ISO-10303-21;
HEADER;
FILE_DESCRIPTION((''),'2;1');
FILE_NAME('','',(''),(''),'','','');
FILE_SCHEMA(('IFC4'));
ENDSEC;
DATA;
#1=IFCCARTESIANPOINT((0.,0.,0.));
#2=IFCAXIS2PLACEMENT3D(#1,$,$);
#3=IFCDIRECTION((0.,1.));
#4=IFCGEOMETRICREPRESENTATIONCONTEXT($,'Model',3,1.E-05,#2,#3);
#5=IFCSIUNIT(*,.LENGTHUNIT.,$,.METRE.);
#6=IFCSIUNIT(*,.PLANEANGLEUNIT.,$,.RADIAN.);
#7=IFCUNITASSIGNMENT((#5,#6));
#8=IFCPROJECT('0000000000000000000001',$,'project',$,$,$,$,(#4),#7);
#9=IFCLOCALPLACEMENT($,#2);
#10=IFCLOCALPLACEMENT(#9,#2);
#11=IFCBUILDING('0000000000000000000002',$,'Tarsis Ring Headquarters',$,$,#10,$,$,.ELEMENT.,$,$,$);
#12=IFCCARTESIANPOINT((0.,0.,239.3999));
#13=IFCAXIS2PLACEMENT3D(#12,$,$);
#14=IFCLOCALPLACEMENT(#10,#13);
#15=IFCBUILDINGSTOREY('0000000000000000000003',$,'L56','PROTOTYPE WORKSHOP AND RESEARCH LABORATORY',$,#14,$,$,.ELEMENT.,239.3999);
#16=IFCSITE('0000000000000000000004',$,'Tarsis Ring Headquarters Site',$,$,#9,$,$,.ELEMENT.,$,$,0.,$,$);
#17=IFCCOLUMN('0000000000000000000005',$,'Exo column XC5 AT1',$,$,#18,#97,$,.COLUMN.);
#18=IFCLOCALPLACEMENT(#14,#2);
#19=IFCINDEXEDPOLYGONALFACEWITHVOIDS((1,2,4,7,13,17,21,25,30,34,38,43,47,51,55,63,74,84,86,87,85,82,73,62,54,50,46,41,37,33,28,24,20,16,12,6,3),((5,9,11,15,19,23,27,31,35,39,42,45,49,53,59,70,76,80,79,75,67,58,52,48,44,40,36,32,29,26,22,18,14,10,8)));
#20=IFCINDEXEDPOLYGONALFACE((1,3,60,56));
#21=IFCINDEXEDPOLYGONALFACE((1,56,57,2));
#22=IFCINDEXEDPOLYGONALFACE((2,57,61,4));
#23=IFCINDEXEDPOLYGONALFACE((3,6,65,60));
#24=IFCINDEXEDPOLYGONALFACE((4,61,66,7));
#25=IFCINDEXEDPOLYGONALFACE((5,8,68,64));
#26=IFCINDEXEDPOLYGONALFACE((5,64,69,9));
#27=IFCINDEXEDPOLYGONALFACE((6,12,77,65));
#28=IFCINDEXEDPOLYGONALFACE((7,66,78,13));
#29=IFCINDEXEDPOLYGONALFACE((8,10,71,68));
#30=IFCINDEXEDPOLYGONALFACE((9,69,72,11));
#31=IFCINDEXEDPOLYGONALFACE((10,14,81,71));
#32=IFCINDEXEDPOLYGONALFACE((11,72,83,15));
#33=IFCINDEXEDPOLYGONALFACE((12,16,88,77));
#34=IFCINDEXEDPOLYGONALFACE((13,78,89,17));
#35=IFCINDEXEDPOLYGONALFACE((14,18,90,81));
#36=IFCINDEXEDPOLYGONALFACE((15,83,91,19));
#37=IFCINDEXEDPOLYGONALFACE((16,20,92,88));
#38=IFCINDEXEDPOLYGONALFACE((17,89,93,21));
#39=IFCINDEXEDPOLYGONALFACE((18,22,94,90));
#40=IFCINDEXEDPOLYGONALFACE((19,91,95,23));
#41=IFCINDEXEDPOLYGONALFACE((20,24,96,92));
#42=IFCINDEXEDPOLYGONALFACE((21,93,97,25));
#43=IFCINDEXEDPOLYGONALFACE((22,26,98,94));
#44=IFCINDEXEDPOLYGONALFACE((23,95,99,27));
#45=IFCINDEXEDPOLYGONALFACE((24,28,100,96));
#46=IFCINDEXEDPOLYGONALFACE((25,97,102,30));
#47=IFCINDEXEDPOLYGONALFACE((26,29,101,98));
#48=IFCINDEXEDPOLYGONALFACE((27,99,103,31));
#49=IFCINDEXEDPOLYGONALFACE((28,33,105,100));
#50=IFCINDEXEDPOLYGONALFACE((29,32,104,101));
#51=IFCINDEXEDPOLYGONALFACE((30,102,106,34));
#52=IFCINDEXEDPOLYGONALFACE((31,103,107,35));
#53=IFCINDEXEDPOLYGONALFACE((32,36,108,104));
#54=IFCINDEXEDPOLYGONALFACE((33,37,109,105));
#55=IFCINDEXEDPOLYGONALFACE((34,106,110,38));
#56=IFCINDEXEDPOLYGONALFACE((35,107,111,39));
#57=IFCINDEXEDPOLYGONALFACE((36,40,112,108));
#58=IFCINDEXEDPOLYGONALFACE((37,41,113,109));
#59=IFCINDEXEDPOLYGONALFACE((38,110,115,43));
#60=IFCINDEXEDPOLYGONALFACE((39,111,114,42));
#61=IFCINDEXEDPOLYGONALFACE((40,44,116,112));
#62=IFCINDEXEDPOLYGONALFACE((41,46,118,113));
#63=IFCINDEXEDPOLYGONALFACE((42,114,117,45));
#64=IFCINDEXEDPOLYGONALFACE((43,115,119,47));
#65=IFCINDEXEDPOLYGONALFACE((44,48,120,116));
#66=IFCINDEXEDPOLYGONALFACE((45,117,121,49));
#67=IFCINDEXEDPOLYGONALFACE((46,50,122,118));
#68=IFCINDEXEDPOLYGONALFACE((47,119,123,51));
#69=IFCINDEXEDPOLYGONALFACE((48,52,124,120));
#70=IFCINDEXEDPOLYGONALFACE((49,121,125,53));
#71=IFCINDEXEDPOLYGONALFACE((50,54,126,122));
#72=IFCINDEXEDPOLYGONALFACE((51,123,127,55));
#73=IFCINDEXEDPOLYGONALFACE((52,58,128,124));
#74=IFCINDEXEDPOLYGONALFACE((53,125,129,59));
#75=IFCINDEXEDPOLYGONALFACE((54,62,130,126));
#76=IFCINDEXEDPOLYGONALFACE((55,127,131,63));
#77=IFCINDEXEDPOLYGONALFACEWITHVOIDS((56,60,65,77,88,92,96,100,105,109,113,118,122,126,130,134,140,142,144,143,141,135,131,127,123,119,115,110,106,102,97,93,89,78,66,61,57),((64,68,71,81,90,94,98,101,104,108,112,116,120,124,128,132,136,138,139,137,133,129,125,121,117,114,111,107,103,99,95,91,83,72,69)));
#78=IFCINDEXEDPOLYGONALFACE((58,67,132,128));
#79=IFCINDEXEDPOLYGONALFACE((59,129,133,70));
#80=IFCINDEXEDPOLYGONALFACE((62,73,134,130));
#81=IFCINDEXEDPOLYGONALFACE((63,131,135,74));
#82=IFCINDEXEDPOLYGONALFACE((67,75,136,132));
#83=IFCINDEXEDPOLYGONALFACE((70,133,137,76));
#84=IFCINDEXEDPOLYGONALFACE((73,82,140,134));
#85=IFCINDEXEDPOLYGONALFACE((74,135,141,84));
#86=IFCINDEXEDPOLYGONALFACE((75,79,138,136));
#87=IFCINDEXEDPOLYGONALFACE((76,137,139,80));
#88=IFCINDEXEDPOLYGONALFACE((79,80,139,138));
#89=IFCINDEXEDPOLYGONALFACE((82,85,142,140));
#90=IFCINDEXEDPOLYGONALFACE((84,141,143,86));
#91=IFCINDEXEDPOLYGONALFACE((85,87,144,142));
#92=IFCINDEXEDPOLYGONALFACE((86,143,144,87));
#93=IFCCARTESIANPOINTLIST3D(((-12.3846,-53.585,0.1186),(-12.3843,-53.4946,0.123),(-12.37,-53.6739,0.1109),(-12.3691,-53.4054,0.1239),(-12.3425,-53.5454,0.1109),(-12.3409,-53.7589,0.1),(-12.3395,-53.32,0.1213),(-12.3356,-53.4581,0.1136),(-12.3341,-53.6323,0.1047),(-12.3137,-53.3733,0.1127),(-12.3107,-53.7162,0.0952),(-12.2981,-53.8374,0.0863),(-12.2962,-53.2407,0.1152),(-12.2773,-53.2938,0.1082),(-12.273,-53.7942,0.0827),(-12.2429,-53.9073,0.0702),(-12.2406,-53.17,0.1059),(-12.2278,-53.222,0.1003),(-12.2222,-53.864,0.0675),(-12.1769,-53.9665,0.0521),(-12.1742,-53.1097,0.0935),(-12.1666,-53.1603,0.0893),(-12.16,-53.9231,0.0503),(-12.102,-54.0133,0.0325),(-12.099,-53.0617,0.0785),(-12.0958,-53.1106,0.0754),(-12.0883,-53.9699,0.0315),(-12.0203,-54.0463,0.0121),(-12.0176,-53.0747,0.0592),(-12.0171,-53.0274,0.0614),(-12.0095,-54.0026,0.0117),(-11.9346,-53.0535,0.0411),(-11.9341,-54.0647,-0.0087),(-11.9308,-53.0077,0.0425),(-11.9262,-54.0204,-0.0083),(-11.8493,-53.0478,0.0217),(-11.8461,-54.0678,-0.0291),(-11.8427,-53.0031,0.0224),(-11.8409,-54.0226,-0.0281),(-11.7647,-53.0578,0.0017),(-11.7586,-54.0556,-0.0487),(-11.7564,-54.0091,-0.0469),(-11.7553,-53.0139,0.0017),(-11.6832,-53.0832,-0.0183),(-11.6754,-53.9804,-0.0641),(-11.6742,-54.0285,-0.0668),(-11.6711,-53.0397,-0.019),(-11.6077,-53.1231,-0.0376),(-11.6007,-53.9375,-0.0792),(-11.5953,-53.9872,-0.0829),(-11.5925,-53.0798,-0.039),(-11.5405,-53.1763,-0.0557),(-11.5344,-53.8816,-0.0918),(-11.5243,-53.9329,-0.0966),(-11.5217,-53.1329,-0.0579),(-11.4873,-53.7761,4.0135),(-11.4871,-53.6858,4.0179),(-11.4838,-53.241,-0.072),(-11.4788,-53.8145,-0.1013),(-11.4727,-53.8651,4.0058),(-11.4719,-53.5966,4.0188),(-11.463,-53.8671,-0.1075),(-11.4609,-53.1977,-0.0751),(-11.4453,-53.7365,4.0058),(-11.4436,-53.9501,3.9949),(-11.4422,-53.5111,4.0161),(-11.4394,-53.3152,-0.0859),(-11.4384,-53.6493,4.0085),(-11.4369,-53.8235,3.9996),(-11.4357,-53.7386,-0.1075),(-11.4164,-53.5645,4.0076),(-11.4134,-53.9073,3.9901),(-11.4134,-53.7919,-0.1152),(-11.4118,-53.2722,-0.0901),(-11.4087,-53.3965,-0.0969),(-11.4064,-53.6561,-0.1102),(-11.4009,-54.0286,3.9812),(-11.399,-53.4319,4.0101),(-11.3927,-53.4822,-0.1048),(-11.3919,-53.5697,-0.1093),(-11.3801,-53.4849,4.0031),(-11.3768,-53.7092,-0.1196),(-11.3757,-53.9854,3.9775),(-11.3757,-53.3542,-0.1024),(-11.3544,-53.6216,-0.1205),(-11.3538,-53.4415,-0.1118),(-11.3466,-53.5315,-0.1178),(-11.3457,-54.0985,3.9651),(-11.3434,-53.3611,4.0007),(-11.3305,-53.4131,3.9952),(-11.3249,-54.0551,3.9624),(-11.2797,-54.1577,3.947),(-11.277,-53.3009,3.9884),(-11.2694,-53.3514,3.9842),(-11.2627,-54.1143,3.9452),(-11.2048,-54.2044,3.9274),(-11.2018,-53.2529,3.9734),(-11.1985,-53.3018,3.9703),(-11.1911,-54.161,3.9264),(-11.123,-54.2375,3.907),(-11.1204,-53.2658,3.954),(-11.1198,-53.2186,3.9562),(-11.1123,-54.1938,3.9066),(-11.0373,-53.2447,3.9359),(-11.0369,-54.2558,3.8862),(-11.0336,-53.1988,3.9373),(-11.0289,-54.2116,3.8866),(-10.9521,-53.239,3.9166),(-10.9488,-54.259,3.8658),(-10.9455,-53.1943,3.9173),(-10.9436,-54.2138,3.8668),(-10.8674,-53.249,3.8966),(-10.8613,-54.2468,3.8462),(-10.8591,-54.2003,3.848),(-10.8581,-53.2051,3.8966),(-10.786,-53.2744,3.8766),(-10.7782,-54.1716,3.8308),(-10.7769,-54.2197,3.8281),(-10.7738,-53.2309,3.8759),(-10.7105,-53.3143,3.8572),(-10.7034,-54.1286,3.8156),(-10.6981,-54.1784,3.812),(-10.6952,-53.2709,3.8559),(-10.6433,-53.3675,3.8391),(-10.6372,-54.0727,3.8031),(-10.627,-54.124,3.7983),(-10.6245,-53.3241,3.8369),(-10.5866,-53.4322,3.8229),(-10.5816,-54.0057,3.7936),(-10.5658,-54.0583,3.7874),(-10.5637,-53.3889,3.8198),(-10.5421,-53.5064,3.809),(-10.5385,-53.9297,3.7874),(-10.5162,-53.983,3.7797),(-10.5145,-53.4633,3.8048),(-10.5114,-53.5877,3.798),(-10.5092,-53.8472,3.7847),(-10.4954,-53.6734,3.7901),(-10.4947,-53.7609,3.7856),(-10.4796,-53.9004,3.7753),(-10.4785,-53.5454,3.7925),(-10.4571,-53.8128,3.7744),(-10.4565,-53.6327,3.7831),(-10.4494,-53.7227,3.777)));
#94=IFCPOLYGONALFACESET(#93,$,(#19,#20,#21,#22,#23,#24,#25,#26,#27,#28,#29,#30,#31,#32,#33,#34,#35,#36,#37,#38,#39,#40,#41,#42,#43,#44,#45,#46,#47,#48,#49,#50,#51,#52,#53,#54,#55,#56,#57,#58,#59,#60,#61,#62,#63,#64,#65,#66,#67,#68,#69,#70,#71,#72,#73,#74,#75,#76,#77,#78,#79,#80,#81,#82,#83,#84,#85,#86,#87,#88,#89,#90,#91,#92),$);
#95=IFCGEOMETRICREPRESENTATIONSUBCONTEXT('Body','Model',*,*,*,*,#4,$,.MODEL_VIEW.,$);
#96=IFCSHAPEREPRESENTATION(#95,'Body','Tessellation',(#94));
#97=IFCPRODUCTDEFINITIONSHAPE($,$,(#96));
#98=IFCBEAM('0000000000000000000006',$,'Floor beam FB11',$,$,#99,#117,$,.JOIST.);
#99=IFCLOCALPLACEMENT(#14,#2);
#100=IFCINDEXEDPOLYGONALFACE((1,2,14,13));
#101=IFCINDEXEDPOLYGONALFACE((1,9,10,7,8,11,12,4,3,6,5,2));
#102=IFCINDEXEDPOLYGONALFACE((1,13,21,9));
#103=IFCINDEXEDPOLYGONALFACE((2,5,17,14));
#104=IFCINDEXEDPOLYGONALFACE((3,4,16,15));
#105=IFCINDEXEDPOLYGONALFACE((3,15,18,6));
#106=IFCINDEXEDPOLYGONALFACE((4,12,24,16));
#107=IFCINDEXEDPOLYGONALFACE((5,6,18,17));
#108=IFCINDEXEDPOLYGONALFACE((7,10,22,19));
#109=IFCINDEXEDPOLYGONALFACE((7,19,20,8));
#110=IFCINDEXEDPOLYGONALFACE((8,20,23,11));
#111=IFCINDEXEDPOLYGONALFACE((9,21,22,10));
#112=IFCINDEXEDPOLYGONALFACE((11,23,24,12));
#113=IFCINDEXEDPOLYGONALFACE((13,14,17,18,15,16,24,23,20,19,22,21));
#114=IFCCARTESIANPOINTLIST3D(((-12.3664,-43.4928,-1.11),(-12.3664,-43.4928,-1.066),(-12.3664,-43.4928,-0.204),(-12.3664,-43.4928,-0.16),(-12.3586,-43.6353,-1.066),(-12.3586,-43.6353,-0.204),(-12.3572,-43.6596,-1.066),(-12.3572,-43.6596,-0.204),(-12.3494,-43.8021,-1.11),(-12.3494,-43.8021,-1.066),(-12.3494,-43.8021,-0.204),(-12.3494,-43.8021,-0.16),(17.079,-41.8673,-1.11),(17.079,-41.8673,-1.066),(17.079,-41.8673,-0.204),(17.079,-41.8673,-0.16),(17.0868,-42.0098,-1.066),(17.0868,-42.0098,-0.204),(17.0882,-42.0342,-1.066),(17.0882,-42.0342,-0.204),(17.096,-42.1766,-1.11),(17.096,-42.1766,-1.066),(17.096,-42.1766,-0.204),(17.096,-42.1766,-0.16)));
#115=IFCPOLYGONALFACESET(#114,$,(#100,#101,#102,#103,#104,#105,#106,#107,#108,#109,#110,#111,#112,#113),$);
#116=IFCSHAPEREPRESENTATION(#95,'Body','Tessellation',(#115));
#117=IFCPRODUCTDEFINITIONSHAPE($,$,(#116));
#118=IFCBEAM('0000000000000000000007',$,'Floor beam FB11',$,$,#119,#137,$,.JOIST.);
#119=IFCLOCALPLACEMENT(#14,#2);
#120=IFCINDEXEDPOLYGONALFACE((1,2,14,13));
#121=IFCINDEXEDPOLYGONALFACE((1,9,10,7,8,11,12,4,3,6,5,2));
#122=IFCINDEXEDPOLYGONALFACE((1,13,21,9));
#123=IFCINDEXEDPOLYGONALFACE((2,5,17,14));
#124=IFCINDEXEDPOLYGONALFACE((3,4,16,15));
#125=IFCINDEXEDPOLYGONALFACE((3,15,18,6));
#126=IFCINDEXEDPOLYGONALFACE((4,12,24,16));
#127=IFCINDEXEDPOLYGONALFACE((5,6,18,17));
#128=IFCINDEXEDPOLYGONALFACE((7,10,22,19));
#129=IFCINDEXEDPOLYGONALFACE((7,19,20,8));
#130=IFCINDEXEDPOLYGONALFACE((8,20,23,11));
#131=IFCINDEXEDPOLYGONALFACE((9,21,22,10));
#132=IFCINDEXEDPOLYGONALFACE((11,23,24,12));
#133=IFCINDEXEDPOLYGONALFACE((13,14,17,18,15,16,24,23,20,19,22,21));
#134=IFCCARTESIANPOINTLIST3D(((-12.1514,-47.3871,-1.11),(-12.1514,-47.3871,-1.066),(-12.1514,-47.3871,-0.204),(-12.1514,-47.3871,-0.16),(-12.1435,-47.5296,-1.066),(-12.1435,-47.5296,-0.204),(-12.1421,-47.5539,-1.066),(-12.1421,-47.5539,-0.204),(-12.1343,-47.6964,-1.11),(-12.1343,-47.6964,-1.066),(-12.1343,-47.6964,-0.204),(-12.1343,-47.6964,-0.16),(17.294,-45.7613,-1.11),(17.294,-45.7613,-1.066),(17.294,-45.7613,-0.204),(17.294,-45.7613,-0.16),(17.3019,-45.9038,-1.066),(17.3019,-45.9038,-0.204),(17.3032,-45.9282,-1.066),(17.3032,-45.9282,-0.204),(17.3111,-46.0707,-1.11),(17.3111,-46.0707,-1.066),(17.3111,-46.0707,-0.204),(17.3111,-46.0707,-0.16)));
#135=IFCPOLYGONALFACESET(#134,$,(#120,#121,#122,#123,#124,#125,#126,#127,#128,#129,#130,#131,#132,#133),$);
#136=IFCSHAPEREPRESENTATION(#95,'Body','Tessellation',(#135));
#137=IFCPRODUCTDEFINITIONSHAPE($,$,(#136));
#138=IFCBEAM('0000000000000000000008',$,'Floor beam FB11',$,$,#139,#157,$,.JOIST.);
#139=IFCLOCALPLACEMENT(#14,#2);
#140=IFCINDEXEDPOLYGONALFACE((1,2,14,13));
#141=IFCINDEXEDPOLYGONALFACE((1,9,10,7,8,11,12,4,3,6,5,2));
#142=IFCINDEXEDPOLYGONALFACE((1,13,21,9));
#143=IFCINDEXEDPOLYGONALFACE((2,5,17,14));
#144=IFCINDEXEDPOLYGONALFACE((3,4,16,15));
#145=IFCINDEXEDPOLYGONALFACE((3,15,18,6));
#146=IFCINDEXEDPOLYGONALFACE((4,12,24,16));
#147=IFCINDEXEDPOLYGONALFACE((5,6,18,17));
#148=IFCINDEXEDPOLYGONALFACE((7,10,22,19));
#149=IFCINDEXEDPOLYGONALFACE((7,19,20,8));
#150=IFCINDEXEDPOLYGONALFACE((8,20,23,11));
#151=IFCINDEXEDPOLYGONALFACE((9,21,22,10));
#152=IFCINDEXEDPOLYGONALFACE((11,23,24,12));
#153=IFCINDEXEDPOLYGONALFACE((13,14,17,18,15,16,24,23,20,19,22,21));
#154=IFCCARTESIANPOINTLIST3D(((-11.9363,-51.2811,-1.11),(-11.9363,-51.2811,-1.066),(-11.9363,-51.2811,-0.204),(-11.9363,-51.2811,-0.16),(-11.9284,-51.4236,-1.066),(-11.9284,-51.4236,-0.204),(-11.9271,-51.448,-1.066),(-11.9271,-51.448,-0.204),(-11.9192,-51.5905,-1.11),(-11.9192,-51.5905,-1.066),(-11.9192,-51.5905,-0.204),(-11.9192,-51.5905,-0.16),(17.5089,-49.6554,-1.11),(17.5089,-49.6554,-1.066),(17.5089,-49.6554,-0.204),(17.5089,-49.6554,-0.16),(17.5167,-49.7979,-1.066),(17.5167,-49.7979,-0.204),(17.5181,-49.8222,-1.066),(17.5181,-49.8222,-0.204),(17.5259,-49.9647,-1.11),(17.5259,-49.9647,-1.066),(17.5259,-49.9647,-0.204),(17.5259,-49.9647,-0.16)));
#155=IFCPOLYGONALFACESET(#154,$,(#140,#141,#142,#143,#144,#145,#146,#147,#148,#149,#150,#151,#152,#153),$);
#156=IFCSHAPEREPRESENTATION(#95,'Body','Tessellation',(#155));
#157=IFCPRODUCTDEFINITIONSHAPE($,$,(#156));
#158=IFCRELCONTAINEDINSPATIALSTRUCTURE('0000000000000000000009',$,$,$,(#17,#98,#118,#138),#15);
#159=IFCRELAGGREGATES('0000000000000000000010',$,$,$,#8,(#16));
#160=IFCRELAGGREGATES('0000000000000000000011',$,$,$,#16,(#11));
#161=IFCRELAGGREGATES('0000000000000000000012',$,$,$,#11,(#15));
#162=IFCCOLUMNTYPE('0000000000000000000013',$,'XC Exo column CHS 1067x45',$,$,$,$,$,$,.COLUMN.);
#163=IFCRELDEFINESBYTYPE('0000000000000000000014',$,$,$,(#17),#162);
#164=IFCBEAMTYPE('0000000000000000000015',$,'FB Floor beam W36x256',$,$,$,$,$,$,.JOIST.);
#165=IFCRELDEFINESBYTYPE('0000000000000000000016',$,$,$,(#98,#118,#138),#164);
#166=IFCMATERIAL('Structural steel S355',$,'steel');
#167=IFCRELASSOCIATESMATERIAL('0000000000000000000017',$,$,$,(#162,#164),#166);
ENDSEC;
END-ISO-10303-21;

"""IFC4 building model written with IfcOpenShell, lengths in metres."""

from ifc_helpers import new_model, si_unit, direction, frame, origin, origin_2d, place, context, subcontext, project, spatial, hollow_circle, i_section, extrude, material, material_profile, profile_set, type_object, element, save


model = new_model("IFC4")

# Units and contexts
model_context = context("Model", 3, precision=1e-05, world=origin(), true_north=direction((0.0, 1.0)))
body_context = subcontext(model_context, "Body", "Model", "MODEL_VIEW")
ifc_project = project(units=[si_unit("LENGTHUNIT", "METRE"), si_unit("PLANEANGLEUNIT", "RADIAN")], contexts=[model_context])

# Site, building, storey
site_placement = place(None, origin())
site = spatial("IfcSite", under=ifc_project, at=site_placement, Name="Tarsis Ring Headquarters Site", CompositionType="ELEMENT", RefElevation=0.0)
building_placement = place(site_placement, origin())
building = spatial("IfcBuilding", under=site, at=building_placement, Name="Tarsis Ring Headquarters", CompositionType="ELEMENT")
storey_placement = place(building_placement, frame((0.0, 0.0, 239.3999)))
storey = spatial("IfcBuildingStorey", under=building, at=storey_placement, Name="L56", Description="PROTOTYPE WORKSHOP AND RESEARCH LABORATORY", CompositionType="ELEMENT", Elevation=239.3999)

# Column
ifc_material_1 = material(Name="Structural steel S355", Category="steel")
ifc_material_profile_1 = material_profile(ifc_material_1, hollow_circle(Radius=0.5334, WallThickness=0.0449, at=origin_2d()), Name="CHS 1067x45")
ifc_profile_set_1 = profile_set([ifc_material_profile_1], Name="Structural steel S355")
column_type = type_object("IfcColumnType", Name="XC Exo column CHS 1067x45", PredefinedType="COLUMN", material=ifc_profile_set_1)
column_placement = place(storey_placement, frame((-11.8665, -53.5356, 0.0017), z_axis=(0.224228, -0.047774, 0.973365), x_axis=(0.208384, 0.978047, 0.0)))
element("IfcColumn", 1, at=column_placement, inside=storey, type_object=column_type, Name="Exo column XC5 AT1", PredefinedType="COLUMN", context=body_context, shape_type="SweptSolid", body=[
    extrude(hollow_circle(Radius=0.5334, WallThickness=0.0449, at=origin_2d()), origin(), (0.0, 0.0, 1.0), 4.0015),
])

# Beams
ifc_material_profile_2 = material_profile(ifc_material_1, i_section(OverallWidth=0.3098, OverallDepth=0.95, WebThickness=0.0244, FlangeThickness=0.0439, at=origin_2d()), Name="W36x256")
ifc_profile_set_2 = profile_set([ifc_material_profile_2], Name="Structural steel S355")
beam_type_1 = type_object("IfcBeamType", Name="FB Floor beam W36x256", PredefinedType="JOIST", material=ifc_profile_set_2)
for number, where, z_axis, x_axis, name in (
    (2, (-12.3579, -43.6475, -0.635), (0.99848, 0.05512, 0.0), (-0.05512, 0.99848, 0.0), "Floor beam FB11"),
    (3, (-12.1428, -47.5417, -0.635), (0.998479, 0.055128, 0.0), (-0.055128, 0.998479, 0.0), "Floor beam FB11"),
):
    element("IfcBeam", number, at=place(storey_placement, frame(where, z_axis=z_axis, x_axis=x_axis)), inside=storey, type_object=beam_type_1, Name=name, PredefinedType="JOIST", context=body_context, shape_type="SweptSolid", body=[
        extrude(i_section(OverallWidth=0.3098, OverallDepth=0.95, WebThickness=0.0244, FlangeThickness=0.0439, at=origin_2d()), origin(), (0.0, 0.0, 1.0), 29.4902),
    ])
beam_1_placement = place(storey_placement, frame((-11.9277, -51.4358, -0.635), z_axis=(0.998479, 0.055128, 0.0), x_axis=(-0.055128, 0.998479, 0.0)))
element("IfcBeam", 4, at=beam_1_placement, inside=storey, type_object=beam_type_1, Name="Floor beam FB11", PredefinedType="JOIST", context=body_context, shape_type="SweptSolid", body=[
    extrude(i_section(OverallWidth=0.3098, OverallDepth=0.95, WebThickness=0.0244, FlangeThickness=0.0439, at=origin_2d()), origin(), (0.0, 0.0, 1.0), 29.49),
])

save(model, "model.ifc")
